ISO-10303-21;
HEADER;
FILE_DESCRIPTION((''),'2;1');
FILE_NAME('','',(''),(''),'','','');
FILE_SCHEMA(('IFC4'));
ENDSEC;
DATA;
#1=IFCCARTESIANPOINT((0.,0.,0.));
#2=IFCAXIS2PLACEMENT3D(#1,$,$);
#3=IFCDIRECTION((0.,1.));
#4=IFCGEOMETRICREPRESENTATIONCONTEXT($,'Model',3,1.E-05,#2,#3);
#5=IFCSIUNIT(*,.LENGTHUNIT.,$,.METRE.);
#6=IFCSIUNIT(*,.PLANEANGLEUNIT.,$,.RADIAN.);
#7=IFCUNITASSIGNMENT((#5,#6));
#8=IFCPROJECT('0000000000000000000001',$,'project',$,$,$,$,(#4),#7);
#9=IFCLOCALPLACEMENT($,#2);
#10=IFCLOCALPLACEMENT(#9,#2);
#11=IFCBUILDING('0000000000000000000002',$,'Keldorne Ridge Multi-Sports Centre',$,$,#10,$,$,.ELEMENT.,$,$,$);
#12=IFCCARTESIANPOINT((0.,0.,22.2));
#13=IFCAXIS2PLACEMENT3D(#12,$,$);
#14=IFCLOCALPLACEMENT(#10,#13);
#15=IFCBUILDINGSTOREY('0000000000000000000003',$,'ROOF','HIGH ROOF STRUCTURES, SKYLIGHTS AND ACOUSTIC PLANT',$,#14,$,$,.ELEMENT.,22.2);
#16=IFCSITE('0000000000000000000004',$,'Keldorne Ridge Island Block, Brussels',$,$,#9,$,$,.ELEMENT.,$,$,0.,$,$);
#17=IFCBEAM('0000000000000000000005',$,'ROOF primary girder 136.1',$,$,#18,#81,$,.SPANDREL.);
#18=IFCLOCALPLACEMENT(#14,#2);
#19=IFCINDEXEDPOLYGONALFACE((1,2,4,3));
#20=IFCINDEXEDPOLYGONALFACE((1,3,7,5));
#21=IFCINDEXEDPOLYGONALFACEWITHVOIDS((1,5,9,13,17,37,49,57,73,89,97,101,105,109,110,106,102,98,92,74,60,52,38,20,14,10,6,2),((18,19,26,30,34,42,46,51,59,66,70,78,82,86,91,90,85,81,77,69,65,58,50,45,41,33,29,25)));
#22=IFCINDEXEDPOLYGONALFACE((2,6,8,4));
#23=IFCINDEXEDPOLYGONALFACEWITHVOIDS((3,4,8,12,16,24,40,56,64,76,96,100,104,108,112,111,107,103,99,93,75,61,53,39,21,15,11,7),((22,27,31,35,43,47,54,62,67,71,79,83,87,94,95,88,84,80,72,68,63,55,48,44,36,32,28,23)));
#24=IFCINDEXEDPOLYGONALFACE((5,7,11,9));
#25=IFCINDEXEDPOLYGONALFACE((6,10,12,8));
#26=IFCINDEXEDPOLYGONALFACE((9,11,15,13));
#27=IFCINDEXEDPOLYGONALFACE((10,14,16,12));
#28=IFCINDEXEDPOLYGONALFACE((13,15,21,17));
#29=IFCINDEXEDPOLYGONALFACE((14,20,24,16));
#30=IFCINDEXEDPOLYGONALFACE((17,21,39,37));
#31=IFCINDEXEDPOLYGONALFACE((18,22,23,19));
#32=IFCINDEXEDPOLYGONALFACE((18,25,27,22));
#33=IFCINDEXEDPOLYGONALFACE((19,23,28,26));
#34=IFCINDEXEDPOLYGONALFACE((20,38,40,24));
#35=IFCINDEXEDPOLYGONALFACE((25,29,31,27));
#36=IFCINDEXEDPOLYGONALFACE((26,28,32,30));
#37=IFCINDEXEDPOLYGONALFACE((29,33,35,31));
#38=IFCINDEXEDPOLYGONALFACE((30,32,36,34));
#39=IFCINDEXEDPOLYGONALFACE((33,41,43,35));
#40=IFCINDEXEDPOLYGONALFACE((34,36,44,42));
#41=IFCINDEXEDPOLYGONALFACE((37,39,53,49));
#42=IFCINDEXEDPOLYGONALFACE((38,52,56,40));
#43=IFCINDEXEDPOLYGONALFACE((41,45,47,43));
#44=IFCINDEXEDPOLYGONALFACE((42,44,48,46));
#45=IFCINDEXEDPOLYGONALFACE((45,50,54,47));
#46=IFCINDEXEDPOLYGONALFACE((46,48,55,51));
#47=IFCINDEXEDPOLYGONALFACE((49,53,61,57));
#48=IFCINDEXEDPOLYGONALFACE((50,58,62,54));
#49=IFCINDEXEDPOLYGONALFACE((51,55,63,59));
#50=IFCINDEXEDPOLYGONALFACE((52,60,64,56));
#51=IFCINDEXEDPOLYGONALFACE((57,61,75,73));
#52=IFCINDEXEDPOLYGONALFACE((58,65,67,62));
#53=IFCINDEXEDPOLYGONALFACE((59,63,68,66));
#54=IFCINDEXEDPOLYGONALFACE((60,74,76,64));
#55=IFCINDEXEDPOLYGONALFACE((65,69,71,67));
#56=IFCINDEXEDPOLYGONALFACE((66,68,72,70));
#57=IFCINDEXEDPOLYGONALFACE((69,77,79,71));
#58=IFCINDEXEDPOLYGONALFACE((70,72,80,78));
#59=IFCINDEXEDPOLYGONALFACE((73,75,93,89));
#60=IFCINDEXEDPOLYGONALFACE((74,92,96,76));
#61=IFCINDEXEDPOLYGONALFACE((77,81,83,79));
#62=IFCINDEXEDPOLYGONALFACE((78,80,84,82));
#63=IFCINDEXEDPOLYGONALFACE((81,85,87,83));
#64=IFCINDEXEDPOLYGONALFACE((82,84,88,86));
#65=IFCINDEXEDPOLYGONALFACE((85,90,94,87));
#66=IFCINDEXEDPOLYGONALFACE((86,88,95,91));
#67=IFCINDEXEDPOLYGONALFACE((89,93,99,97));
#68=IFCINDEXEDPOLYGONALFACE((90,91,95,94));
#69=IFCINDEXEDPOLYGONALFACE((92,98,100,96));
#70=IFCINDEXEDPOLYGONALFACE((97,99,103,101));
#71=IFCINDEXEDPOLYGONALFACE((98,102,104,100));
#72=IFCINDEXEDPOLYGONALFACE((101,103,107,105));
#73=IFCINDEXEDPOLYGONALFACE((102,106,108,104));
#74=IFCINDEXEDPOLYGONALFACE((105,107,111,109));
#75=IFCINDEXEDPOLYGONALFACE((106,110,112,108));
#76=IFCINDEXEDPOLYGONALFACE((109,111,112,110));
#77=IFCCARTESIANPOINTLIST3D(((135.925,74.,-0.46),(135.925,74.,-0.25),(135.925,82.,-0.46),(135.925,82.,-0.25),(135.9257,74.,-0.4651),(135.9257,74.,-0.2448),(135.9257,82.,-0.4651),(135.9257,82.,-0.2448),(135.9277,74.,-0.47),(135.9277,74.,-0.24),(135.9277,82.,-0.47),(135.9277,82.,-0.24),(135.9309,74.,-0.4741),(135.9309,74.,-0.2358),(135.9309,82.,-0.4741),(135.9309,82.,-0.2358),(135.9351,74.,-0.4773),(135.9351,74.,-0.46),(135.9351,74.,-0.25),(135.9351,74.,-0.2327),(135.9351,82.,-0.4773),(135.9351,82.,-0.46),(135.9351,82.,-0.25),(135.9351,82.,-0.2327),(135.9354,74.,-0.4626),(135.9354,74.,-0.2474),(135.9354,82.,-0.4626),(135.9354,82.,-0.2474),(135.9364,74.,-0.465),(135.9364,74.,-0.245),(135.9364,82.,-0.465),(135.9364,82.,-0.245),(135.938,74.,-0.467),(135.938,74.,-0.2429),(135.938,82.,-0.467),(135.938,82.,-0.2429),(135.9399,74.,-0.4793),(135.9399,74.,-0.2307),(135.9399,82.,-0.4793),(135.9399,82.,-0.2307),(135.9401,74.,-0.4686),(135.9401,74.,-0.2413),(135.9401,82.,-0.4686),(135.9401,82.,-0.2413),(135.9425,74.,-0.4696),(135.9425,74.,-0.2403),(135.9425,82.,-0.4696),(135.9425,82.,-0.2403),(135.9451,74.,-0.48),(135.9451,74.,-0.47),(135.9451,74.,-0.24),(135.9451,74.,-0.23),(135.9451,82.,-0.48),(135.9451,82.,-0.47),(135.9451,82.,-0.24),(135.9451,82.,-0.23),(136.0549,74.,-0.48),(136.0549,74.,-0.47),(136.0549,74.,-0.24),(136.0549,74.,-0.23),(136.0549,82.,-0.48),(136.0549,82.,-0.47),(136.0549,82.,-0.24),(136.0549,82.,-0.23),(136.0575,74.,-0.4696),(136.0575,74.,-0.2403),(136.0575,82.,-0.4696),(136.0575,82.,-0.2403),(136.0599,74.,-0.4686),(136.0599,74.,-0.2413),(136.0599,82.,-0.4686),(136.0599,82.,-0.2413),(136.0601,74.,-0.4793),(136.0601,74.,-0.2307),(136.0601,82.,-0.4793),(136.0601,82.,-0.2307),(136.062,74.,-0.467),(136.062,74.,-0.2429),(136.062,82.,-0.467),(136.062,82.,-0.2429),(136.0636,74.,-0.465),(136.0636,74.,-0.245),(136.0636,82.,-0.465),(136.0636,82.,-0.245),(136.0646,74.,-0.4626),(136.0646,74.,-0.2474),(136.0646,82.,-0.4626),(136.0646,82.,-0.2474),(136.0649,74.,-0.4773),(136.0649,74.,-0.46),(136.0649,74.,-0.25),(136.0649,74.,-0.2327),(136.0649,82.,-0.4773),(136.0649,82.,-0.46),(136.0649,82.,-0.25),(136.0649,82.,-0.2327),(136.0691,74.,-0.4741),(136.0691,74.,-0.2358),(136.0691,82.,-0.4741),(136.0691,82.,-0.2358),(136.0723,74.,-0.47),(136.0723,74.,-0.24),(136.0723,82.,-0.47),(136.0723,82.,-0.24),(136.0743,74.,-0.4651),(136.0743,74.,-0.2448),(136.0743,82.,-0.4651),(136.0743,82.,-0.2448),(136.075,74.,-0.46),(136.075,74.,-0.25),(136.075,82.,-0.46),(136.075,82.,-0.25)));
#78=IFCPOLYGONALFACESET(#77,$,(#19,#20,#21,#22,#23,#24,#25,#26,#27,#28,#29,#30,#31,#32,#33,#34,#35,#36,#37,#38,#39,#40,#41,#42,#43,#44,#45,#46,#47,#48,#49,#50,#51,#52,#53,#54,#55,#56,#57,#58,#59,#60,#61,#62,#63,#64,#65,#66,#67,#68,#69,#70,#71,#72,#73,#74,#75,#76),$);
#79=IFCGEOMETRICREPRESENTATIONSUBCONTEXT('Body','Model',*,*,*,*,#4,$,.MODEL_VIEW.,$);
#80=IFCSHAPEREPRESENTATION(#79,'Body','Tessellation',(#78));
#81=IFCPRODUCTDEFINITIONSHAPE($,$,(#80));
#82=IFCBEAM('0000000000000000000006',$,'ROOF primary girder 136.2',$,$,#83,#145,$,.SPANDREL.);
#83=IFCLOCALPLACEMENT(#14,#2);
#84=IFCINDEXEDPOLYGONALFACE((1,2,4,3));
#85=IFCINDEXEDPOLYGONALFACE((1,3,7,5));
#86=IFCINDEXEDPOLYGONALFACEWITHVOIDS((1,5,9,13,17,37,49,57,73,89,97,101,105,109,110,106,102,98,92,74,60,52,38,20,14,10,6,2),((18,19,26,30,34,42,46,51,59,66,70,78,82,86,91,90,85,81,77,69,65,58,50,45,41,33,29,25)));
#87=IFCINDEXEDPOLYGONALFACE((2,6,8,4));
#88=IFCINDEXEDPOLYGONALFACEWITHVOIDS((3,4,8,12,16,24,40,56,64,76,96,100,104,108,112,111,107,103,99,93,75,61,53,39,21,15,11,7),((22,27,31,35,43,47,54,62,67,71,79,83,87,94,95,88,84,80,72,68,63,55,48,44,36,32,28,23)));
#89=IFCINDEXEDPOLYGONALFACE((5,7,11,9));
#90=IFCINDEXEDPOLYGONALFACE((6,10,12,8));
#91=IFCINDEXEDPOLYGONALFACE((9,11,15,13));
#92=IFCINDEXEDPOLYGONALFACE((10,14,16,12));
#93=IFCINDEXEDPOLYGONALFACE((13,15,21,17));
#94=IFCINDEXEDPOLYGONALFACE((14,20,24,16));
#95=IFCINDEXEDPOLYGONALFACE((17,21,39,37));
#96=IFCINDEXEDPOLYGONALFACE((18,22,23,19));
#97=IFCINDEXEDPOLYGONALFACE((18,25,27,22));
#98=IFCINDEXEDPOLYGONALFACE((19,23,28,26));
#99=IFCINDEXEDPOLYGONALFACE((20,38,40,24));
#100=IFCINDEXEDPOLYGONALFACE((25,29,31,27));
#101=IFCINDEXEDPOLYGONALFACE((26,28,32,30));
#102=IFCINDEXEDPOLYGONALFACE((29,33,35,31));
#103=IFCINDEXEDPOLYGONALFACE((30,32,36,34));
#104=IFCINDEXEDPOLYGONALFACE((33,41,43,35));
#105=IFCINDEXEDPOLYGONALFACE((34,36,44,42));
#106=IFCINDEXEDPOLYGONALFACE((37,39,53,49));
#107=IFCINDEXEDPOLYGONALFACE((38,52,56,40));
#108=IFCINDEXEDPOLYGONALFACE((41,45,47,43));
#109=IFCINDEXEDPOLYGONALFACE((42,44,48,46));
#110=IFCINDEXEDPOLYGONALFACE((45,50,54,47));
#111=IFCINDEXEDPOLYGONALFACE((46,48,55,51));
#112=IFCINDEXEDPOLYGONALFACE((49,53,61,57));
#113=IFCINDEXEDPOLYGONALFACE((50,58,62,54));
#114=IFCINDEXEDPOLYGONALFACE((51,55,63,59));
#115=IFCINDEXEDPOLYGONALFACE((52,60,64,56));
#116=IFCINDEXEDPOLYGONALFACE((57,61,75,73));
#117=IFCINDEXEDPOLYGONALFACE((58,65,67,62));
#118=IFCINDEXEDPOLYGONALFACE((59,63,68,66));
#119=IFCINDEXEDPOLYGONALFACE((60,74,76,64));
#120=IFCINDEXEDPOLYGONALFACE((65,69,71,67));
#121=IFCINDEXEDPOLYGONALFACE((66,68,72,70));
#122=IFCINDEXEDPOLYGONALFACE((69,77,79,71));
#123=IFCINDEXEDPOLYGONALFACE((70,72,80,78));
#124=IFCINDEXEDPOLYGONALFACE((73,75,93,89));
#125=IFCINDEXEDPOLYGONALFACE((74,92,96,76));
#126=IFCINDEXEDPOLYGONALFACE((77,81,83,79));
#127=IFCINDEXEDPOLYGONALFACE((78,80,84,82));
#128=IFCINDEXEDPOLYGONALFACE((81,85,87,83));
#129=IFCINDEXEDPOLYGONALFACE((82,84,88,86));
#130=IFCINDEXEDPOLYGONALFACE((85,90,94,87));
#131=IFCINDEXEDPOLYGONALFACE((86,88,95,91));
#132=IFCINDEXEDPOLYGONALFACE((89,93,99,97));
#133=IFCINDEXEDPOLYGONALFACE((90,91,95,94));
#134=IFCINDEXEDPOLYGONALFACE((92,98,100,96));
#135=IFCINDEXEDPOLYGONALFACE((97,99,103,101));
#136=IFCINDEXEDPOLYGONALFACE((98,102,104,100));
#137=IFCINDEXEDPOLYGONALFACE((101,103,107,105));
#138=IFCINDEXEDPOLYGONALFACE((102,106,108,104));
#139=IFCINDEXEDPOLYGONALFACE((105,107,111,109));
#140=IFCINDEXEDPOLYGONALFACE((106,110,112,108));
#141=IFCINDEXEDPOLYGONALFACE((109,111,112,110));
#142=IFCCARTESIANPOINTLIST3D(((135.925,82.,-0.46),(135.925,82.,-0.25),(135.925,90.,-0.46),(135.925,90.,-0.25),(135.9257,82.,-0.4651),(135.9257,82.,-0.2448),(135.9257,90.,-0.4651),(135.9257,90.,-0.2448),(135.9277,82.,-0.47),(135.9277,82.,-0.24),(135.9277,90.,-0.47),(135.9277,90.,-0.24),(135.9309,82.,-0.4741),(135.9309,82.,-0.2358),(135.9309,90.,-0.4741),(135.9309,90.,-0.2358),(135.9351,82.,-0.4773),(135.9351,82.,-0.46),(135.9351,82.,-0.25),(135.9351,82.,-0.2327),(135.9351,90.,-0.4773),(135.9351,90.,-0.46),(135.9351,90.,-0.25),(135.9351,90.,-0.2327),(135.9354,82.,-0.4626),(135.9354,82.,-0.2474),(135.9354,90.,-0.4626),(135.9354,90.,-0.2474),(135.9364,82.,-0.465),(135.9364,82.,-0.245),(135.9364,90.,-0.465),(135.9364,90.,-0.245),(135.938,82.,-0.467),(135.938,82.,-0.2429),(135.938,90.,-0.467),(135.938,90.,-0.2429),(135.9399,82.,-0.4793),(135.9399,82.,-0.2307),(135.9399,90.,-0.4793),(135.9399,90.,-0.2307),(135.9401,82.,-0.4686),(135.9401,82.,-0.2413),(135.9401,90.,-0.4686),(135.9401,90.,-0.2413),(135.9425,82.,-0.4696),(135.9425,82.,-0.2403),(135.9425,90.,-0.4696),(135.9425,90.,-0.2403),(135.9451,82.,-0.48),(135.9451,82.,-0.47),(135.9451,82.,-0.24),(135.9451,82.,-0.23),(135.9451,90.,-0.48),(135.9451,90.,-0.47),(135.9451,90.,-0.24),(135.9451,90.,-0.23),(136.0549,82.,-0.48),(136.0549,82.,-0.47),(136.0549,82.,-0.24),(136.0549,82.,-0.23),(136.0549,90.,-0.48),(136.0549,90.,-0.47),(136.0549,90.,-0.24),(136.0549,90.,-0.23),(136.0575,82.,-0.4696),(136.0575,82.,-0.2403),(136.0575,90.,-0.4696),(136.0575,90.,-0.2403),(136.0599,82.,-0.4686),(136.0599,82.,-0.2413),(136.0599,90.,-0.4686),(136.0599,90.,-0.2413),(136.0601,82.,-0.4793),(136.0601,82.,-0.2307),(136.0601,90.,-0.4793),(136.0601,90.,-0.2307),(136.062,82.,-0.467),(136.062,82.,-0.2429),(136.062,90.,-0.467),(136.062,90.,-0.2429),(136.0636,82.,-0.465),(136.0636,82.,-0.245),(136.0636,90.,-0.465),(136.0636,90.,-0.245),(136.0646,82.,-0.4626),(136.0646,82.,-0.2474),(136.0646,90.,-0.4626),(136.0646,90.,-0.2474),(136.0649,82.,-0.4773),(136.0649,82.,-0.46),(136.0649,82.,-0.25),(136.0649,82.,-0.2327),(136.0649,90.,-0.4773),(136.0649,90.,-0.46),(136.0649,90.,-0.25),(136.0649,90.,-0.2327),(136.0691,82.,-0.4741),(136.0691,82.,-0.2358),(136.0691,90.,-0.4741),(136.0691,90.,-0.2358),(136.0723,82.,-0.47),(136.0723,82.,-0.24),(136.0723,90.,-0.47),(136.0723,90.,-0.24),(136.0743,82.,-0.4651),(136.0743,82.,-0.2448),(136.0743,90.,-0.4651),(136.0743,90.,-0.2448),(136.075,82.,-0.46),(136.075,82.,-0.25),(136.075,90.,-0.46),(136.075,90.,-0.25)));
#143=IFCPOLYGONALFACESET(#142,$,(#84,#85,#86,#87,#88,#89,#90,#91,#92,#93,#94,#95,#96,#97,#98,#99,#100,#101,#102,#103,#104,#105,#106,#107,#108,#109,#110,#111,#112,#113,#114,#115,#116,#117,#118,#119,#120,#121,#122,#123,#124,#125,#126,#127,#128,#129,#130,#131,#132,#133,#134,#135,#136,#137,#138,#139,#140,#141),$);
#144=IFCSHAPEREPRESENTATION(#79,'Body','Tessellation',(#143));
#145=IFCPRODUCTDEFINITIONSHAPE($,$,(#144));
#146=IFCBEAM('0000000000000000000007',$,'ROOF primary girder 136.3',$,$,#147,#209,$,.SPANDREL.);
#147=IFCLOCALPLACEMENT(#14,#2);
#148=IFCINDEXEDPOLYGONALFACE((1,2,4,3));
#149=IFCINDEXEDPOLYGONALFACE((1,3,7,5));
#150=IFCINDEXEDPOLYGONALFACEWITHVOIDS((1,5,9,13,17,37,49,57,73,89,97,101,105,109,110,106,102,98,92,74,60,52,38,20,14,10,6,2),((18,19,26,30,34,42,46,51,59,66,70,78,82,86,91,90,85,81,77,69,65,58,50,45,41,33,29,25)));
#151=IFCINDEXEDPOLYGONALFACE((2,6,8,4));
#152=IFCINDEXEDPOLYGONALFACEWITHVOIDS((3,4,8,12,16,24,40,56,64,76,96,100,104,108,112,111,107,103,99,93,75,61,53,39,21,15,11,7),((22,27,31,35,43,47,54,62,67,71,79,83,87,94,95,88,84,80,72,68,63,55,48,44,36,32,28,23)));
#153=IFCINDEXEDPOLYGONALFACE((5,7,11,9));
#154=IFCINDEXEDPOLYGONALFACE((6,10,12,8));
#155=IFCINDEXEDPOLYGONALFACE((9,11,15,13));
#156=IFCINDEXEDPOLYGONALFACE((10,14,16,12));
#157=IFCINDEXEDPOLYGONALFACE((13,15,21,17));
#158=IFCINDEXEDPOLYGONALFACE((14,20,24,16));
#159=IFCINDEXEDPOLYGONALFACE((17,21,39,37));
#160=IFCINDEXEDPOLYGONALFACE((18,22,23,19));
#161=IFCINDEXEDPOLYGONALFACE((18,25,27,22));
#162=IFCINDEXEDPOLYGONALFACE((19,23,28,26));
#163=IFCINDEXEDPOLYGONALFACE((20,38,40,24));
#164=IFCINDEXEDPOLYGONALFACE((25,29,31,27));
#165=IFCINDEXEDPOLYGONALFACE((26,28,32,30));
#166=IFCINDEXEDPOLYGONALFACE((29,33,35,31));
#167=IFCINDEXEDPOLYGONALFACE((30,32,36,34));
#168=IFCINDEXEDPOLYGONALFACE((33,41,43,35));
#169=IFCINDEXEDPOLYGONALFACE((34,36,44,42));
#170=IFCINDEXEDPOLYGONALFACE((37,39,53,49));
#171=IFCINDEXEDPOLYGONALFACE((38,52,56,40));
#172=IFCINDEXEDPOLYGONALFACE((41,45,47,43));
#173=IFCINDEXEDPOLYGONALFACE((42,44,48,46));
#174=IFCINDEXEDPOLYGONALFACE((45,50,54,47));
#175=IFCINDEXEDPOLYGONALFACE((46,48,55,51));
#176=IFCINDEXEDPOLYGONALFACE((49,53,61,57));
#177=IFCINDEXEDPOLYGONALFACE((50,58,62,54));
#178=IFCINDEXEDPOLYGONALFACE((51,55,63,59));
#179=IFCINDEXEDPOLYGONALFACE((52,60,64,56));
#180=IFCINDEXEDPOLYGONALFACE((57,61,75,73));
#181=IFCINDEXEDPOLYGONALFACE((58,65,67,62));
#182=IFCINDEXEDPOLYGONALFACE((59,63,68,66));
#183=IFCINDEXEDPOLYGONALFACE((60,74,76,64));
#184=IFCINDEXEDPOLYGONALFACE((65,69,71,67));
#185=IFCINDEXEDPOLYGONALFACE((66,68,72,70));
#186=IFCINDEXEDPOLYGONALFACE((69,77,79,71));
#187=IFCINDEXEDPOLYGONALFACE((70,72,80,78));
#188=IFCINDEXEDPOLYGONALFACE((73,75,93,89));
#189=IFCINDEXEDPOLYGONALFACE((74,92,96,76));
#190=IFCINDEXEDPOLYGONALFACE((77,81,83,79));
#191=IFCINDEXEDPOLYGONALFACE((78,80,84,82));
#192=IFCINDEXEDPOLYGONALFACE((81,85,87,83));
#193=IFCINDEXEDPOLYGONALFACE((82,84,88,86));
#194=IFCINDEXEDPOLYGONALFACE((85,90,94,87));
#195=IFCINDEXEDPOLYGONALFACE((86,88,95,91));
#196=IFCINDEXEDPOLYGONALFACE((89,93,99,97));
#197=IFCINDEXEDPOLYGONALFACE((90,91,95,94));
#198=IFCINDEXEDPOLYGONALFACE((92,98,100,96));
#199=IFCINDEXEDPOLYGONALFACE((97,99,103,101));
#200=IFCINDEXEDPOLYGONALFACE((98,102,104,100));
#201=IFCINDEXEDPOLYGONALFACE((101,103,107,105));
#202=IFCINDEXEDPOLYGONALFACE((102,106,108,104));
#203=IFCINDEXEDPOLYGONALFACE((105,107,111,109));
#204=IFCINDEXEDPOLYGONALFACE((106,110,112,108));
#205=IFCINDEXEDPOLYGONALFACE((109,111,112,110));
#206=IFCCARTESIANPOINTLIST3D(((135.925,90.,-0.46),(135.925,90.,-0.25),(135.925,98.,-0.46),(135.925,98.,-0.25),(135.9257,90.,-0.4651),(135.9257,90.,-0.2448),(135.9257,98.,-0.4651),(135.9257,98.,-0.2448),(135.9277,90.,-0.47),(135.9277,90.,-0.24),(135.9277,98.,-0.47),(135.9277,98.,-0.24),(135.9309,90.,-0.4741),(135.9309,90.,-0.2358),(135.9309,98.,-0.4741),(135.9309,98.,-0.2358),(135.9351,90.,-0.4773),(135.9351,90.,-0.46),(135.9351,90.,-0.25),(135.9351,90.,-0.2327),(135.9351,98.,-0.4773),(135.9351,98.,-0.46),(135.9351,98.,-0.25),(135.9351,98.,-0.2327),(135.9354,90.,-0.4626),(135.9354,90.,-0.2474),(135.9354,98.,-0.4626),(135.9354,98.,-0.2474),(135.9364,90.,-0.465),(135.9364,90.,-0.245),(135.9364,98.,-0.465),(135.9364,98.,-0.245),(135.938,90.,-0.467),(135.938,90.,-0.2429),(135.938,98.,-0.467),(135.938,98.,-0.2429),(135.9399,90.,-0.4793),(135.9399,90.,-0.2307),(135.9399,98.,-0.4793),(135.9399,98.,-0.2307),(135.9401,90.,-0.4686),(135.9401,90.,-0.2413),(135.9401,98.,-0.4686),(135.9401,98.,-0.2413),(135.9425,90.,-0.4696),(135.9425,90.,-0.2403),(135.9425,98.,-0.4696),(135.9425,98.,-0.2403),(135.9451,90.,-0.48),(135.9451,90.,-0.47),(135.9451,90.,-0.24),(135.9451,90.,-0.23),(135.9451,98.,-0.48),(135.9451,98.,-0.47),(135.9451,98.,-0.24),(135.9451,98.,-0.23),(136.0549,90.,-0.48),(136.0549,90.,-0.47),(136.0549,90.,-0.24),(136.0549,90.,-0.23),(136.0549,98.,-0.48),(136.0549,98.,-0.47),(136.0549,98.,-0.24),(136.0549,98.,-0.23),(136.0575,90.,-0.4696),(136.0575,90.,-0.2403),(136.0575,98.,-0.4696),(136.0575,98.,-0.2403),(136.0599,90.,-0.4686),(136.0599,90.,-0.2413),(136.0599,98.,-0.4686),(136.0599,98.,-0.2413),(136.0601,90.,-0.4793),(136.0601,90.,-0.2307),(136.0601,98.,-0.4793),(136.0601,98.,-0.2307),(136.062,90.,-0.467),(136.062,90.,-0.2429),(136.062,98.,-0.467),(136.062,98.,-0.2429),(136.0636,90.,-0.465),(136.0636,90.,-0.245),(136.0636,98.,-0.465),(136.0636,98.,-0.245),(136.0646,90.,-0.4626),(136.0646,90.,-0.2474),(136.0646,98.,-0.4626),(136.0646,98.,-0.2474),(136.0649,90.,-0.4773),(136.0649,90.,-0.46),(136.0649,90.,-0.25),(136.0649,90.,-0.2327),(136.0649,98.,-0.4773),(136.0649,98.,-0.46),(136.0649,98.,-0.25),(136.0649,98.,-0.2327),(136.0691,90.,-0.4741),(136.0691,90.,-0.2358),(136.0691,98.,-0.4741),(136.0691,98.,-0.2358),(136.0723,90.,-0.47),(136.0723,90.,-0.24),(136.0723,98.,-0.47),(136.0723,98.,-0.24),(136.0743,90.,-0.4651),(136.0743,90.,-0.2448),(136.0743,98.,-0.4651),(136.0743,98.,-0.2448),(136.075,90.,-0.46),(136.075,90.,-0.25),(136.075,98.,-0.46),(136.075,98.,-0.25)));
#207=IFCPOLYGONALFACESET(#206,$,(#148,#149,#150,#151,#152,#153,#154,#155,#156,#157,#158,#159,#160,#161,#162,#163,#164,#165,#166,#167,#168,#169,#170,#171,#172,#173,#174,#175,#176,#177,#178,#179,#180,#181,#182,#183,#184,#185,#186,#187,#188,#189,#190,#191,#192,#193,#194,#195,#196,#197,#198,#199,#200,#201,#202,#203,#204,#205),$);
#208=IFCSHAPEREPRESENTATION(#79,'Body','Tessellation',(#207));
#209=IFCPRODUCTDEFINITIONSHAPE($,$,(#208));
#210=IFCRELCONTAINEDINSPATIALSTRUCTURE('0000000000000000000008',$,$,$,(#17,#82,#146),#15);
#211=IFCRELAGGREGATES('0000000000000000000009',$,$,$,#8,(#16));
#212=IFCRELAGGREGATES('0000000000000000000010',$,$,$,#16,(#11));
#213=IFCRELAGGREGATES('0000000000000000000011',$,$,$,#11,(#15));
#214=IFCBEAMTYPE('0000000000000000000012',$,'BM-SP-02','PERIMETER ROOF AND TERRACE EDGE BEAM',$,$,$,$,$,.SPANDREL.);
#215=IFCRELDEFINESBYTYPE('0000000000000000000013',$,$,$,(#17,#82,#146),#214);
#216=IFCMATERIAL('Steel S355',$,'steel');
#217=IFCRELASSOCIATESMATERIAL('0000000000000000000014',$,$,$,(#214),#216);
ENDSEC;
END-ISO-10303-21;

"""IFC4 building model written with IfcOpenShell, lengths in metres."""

from ifc_helpers import new_model, si_unit, direction, frame, origin, origin_2d, place, context, subcontext, project, spatial, hollow_rectangle, extrude, material, material_profile, profile_set, type_object, element, save


model = new_model("IFC4")

# Units and contexts
model_context = context("Model", 3, precision=1e-05, world=origin(), true_north=direction((0.0, 1.0)))
body_context = subcontext(model_context, "Body", "Model", "MODEL_VIEW")
ifc_project = project(units=[si_unit("LENGTHUNIT", "METRE"), si_unit("PLANEANGLEUNIT", "RADIAN")], contexts=[model_context])

# Site, building, storey
site_placement = place(None, origin())
site = spatial("IfcSite", under=ifc_project, at=site_placement, Name="Keldorne Ridge Island Block, Brussels", CompositionType="ELEMENT", RefElevation=0.0)
building_placement = place(site_placement, origin())
building = spatial("IfcBuilding", under=site, at=building_placement, Name="Keldorne Ridge Multi-Sports Centre", CompositionType="ELEMENT")
storey_placement = place(building_placement, frame((0.0, 0.0, 22.2)))
storey = spatial("IfcBuildingStorey", under=building, at=storey_placement, Name="ROOF", Description="HIGH ROOF STRUCTURES, SKYLIGHTS AND ACOUSTIC PLANT", CompositionType="ELEMENT", Elevation=22.2)

# Beams
ifc_material_1 = material(Name="Steel S355", Category="steel")
ifc_material_profile_1 = material_profile(ifc_material_1, hollow_rectangle(XDim=0.1499, YDim=0.25, WallThickness=0.01, InnerFilletRadius=0.01, OuterFilletRadius=0.02, at=origin_2d()), Name="RHS 250x150x10")
ifc_profile_set_1 = profile_set([ifc_material_profile_1], Name="Steel S355")
beam_type_1 = type_object("IfcBeamType", Name="BM-SP-02", Description="PERIMETER ROOF AND TERRACE EDGE BEAM", PredefinedType="SPANDREL", material=ifc_profile_set_1)
for number, where, z_axis, x_axis, name in (
    (1, (136.0, 74.0, -0.355), (0.0, 1.0, 0.0), (-1.0, 0.0, 0.0), "ROOF primary girder 136.1"),
    (2, (136.0, 82.0, -0.355), (0.0, 1.0, 0.0), (-1.0, 0.0, 0.0), "ROOF primary girder 136.2"),
    (3, (136.0, 90.0, -0.355), (0.0, 1.0, 0.0), (-1.0, 0.0, 0.0), "ROOF primary girder 136.3"),
):
    element("IfcBeam", number, at=place(storey_placement, frame(where, z_axis=z_axis, x_axis=x_axis)), inside=storey, type_object=beam_type_1, Name=name, PredefinedType="SPANDREL", context=body_context, shape_type="SweptSolid", body=[
        extrude(hollow_rectangle(XDim=0.1499, YDim=0.25, WallThickness=0.01, InnerFilletRadius=0.01, OuterFilletRadius=0.02, at=origin_2d()), origin(), (0.0, 0.0, 1.0), 8.0),
    ])

save(model, "model.ifc")
